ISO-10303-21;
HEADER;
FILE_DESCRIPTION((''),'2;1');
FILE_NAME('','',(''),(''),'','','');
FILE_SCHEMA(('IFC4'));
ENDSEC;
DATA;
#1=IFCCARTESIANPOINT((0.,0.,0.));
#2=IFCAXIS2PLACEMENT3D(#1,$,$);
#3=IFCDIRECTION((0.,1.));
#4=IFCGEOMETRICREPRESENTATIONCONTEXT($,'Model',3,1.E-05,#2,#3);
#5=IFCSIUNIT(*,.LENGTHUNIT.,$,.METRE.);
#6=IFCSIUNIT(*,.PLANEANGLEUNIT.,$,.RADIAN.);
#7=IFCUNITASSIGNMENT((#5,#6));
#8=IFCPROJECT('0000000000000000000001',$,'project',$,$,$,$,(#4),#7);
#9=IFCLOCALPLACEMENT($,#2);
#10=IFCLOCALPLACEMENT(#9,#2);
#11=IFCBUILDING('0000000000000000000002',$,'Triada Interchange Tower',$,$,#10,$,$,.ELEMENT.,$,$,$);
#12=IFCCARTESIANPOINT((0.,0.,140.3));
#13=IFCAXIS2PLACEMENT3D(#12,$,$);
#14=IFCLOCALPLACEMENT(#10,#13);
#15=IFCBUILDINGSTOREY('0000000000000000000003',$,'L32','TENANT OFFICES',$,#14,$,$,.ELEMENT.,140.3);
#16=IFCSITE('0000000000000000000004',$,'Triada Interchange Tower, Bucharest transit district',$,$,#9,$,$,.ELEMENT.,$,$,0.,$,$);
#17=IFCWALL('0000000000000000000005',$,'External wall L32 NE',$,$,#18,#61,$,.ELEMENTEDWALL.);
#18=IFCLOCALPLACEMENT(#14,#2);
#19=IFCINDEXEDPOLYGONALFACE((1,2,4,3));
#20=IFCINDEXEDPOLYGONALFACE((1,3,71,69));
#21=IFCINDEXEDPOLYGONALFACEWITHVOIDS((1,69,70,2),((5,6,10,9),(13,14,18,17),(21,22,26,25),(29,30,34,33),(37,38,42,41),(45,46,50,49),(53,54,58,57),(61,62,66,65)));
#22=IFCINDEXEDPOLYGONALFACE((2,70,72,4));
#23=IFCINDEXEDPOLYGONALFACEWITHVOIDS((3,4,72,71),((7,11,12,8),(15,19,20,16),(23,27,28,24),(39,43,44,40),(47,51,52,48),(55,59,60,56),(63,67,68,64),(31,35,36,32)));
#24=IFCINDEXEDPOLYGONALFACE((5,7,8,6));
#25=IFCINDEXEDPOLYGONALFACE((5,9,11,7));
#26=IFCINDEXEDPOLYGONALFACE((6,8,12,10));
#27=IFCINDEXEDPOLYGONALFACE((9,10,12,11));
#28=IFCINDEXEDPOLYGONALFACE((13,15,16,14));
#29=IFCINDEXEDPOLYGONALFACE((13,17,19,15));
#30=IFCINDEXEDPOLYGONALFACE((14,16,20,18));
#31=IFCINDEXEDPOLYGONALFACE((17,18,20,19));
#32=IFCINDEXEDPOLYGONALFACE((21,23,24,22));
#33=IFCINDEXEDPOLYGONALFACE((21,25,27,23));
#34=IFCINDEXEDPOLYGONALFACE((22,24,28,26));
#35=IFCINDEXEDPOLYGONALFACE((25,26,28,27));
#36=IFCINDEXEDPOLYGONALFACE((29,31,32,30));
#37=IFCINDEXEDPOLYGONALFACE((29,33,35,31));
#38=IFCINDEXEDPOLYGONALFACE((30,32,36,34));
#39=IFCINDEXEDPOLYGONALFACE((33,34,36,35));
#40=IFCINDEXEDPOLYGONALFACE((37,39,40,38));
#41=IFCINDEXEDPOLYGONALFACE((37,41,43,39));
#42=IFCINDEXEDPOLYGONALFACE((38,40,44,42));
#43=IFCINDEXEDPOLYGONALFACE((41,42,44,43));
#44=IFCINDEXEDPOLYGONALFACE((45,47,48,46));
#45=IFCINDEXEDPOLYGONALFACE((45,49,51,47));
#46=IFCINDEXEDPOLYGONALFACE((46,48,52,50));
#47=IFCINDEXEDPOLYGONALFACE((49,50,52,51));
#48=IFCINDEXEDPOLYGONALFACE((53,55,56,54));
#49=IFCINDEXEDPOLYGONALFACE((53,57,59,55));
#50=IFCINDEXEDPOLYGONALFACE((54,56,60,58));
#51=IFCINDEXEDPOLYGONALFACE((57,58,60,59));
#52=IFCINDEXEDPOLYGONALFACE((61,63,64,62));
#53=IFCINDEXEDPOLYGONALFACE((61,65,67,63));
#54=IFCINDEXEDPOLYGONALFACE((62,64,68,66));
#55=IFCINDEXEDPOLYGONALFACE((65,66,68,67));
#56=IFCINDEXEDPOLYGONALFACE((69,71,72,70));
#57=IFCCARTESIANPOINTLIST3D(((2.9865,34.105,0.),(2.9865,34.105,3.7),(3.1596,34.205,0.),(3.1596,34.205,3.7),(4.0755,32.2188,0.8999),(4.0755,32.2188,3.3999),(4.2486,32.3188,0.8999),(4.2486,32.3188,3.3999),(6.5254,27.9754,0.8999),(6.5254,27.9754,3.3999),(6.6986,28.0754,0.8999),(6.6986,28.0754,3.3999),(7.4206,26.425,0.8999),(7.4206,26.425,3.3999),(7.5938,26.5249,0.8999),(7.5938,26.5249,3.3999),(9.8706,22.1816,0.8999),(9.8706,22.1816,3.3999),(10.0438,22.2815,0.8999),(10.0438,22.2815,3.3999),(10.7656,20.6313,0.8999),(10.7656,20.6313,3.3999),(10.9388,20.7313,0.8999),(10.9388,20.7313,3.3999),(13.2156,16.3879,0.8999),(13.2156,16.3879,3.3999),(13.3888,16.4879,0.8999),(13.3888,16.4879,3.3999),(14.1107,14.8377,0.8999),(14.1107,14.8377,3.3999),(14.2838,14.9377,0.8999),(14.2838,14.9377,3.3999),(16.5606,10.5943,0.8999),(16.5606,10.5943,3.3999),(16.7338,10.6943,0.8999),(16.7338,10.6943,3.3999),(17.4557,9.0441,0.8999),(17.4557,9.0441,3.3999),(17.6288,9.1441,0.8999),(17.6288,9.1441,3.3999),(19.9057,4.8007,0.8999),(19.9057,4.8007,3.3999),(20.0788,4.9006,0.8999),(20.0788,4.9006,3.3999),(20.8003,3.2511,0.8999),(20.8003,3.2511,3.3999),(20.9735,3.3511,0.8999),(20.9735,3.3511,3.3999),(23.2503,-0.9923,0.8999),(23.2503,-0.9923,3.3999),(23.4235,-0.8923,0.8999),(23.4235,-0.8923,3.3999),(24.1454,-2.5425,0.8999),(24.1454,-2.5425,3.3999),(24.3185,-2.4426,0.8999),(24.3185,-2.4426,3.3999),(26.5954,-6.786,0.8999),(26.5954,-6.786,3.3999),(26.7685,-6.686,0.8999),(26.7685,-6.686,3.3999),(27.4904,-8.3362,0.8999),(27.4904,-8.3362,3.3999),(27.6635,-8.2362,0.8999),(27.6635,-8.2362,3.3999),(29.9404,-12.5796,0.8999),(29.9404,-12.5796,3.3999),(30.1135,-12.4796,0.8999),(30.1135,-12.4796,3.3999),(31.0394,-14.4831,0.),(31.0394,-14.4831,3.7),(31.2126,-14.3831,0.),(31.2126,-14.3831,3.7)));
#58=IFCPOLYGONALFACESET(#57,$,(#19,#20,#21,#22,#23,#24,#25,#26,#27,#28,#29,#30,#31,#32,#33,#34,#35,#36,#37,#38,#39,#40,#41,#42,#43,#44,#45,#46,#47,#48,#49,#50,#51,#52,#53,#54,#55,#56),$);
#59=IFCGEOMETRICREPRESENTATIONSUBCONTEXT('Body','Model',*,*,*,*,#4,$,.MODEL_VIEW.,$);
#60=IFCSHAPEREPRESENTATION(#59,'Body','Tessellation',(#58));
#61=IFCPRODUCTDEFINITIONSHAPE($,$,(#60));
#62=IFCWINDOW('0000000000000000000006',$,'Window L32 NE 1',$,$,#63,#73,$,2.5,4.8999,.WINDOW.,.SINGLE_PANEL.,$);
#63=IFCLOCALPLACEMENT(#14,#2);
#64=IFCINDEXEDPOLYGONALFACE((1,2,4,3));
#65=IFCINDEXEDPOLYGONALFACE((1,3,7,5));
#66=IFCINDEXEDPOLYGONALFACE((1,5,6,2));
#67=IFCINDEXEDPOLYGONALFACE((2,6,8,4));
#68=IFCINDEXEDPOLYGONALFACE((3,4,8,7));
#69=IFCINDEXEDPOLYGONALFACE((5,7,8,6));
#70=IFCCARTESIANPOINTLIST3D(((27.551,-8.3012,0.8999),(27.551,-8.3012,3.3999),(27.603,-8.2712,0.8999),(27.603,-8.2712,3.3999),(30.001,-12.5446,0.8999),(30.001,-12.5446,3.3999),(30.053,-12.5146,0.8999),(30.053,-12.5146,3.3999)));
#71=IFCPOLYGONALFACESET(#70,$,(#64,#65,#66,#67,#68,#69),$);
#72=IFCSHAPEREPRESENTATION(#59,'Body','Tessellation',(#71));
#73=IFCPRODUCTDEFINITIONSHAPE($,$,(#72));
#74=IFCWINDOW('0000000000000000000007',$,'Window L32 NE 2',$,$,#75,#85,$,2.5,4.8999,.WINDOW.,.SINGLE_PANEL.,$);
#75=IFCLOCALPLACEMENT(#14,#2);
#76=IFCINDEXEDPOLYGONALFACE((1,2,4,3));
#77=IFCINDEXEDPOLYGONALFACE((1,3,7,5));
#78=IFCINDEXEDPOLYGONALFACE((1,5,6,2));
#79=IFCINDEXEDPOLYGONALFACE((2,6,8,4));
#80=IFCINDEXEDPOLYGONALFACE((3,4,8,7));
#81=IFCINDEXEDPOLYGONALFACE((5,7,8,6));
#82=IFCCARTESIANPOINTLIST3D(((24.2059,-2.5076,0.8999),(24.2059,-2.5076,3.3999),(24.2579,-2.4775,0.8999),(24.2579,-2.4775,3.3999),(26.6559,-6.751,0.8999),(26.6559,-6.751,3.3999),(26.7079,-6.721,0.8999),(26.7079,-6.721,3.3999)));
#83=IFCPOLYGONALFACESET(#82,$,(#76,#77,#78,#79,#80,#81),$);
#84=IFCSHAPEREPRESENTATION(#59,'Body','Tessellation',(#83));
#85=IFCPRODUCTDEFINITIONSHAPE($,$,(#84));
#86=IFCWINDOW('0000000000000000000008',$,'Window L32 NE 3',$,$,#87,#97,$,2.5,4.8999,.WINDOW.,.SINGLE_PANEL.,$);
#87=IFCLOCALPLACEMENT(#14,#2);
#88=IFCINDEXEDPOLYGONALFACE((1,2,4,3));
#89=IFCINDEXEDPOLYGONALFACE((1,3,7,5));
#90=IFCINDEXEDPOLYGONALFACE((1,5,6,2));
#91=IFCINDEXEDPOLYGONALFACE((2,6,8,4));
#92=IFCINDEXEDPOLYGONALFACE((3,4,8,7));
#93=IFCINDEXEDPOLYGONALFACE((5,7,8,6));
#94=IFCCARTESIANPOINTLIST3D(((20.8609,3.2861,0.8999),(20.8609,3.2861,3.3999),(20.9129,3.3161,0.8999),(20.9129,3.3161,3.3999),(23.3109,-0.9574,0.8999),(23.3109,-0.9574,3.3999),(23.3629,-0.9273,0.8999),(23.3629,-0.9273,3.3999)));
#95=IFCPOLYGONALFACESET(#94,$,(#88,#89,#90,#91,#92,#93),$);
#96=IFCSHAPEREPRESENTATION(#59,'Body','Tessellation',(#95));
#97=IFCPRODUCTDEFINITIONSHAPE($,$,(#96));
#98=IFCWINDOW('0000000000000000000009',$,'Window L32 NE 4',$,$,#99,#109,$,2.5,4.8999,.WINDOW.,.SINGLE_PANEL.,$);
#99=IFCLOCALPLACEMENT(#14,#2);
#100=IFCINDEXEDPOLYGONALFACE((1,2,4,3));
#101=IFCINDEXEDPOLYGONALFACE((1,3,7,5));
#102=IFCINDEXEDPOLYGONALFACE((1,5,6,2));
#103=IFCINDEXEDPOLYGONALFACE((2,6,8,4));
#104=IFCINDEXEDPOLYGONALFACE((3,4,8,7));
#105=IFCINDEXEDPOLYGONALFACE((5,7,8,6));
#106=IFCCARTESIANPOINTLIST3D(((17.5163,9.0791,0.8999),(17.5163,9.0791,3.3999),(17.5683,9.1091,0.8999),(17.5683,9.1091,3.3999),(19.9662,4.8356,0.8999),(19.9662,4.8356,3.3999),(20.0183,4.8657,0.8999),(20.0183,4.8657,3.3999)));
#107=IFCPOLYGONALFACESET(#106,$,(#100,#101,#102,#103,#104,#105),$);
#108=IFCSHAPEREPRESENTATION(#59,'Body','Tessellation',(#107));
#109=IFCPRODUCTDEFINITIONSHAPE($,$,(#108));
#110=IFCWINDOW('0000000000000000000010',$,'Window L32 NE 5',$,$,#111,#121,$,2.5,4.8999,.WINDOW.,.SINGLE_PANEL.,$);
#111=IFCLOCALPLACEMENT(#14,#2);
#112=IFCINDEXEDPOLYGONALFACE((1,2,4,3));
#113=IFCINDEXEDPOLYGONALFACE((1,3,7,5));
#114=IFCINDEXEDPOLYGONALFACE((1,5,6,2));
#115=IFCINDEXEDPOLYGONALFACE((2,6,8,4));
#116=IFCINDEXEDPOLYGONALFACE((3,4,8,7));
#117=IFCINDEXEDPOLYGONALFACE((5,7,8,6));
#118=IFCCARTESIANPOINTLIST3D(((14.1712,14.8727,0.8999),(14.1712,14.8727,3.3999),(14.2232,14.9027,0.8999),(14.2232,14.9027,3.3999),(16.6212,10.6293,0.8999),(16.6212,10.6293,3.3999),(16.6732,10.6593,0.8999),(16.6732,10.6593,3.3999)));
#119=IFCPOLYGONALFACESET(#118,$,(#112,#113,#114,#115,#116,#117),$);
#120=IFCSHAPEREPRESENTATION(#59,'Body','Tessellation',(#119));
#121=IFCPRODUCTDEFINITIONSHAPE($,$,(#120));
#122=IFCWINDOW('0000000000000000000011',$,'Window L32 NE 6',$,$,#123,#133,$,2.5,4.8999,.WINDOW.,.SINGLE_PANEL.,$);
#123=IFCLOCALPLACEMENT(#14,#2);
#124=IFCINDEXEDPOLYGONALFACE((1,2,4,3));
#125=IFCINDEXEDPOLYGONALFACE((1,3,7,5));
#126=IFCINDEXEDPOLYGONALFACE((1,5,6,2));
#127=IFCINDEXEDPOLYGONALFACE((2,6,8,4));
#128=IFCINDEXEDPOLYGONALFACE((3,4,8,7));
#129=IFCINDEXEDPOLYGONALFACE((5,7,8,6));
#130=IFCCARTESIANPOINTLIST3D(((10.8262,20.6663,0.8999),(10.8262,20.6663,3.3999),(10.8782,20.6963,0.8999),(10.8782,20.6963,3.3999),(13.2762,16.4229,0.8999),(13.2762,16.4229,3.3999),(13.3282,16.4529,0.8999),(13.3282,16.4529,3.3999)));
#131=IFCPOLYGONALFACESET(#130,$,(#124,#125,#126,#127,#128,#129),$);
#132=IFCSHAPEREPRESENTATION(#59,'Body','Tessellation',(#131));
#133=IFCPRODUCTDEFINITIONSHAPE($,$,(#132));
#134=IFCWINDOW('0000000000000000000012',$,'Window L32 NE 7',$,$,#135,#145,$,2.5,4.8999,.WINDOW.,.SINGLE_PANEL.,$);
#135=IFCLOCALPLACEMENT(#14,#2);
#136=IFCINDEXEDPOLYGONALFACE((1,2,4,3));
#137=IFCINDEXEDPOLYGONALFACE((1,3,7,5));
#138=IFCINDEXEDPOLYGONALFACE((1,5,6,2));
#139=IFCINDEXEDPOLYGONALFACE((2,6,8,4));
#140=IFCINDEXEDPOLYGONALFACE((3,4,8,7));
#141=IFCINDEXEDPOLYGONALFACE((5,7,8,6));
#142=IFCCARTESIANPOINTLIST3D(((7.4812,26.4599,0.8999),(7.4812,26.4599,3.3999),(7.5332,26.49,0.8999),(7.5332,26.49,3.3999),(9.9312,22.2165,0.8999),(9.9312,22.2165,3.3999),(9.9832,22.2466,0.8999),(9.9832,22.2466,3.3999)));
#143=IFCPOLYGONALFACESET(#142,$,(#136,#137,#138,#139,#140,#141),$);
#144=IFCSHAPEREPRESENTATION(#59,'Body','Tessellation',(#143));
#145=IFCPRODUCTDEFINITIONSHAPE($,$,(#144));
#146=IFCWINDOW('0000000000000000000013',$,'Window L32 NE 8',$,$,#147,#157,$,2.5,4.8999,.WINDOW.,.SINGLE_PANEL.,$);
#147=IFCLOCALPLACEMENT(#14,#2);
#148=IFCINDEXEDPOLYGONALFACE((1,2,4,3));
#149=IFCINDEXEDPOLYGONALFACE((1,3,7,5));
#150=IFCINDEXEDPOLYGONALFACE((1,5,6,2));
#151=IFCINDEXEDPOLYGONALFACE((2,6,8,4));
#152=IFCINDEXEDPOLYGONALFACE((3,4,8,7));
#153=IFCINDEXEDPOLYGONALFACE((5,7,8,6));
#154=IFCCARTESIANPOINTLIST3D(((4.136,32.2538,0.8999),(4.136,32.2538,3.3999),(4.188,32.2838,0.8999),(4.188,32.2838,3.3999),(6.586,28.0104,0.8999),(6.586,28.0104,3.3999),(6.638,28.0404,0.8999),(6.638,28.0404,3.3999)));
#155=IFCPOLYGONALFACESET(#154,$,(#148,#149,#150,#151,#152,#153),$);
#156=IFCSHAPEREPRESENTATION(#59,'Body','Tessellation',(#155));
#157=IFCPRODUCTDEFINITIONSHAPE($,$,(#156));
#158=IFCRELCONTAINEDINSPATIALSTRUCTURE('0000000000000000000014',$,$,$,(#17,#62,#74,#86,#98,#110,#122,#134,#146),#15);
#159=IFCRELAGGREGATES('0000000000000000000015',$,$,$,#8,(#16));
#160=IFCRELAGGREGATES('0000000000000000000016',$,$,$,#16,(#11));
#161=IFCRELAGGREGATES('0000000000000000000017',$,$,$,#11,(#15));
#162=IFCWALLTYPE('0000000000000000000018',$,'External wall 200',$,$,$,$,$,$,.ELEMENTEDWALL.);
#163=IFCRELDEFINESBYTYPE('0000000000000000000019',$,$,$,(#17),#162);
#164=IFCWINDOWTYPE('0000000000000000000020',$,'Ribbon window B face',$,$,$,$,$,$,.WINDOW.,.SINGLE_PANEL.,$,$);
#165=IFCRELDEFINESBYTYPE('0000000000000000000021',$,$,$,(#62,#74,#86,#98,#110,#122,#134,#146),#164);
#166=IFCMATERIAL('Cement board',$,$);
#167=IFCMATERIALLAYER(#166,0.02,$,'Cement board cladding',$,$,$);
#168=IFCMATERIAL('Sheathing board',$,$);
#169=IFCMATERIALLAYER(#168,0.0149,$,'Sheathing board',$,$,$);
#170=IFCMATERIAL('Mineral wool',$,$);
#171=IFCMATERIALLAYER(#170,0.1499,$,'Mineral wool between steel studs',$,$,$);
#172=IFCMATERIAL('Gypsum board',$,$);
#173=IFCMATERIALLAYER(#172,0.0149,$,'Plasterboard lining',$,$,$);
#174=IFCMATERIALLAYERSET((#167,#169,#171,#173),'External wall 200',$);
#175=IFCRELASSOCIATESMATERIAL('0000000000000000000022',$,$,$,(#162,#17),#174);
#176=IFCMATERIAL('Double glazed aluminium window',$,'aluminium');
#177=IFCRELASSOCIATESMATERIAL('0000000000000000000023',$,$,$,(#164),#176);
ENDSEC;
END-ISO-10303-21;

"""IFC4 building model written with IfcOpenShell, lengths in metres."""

from ifc_helpers import new_model, si_unit, direction, frame, frame_2d, origin, place, context, subcontext, project, spatial, rectangle, extrude, material, layer, layer_set, layer_usage, type_object, element, fill, save


model = new_model("IFC4")

# Units and contexts
model_context = context("Model", 3, precision=1e-05, world=origin(), true_north=direction((0.0, 1.0)))
body_context = subcontext(model_context, "Body", "Model", "MODEL_VIEW")
ifc_project = project(units=[si_unit("LENGTHUNIT", "METRE"), si_unit("PLANEANGLEUNIT", "RADIAN")], contexts=[model_context])

# Site, building, storey
site_placement = place(None, origin())
site = spatial("IfcSite", under=ifc_project, at=site_placement, Name="Triada Interchange Tower, Bucharest transit district", CompositionType="ELEMENT", RefElevation=0.0)
building_placement = place(site_placement, origin())
building = spatial("IfcBuilding", under=site, at=building_placement, Name="Triada Interchange Tower", CompositionType="ELEMENT")
storey_placement = place(building_placement, frame((0.0, 0.0, 140.3)))
storey = spatial("IfcBuildingStorey", under=building, at=storey_placement, Name="L32", Description="TENANT OFFICES", CompositionType="ELEMENT", Elevation=140.3)

# Shared definitions
ifc_material_1 = material(Name="Cement board")
ifc_layer_1 = layer(ifc_material_1, 0.02, Name="Cement board cladding")
ifc_material_2 = material(Name="Sheathing board")
ifc_layer_2 = layer(ifc_material_2, 0.0149, Name="Sheathing board")
ifc_material_3 = material(Name="Mineral wool")
ifc_layer_3 = layer(ifc_material_3, 0.1499, Name="Mineral wool between steel studs")
ifc_material_4 = material(Name="Gypsum board")
ifc_layer_4 = layer(ifc_material_4, 0.0149, Name="Plasterboard lining")
ifc_layer_set_1 = layer_set([ifc_layer_1, ifc_layer_2, ifc_layer_3, ifc_layer_4], Name="External wall 200")
ifc_layer_usage = layer_usage(ifc_layer_set_1, "AXIS2", "POSITIVE", -0.1001)
wall_type_1 = type_object("IfcWallType", Name="External wall 200", PredefinedType="ELEMENTEDWALL", material=ifc_layer_set_1)
ifc_material_5 = material(Name="Double glazed aluminium window", Category="aluminium")

# Wall, openings, windows
wall_1_placement = place(storey_placement, frame((31.126, -14.4331, 0.0), z_axis=(0.0, 0.0, 1.0), x_axis=(-0.500008, 0.866021, 0.0)))
wall_1 = element("IfcWall", 1, at=wall_1_placement, inside=storey, type_object=wall_type_1, material=ifc_layer_usage, Name="External wall L32 NE", PredefinedType="ELEMENTEDWALL", context=body_context, shape_type="SweptSolid", body=[
    extrude(rectangle(XDim=56.105, YDim=0.2, at=frame_2d((28.0525, 0.0))), origin(), (0.0, 0.0, 1.0), 3.7),
])
opening_1_placement = place(wall_1_placement, frame((2.198, 0.0, 0.8999)))
opening_1 = element("IfcOpeningElement", 2, at=opening_1_placement, cuts=wall_1, PredefinedType="OPENING", context=body_context, shape_type="SweptSolid", body=[
    extrude(rectangle(XDim=4.8999, YDim=2.5, at=frame_2d((2.45, 1.25))), frame((0.0, 0.1099, 0.0), z_axis=(0.0, -1.0, 0.0), x_axis=(1.0, 0.0, 0.0)), (0.0, 0.0, 1.0), 0.22),
])
opening_2_placement = place(wall_1_placement, frame((8.8879, 0.0, 0.8999)))
opening_2 = element("IfcOpeningElement", 3, at=opening_2_placement, cuts=wall_1, PredefinedType="OPENING", context=body_context, shape_type="SweptSolid", body=[
    extrude(rectangle(XDim=4.8999, YDim=2.5, at=frame_2d((2.45, 1.25))), frame((0.0, 0.1099, 0.0), z_axis=(0.0, -1.0, 0.0), x_axis=(1.0, 0.0, 0.0)), (0.0, 0.0, 1.0), 0.22),
])
opening_3_placement = place(wall_1_placement, frame((15.5779, 0.0, 0.8999)))
opening_3 = element("IfcOpeningElement", 4, at=opening_3_placement, cuts=wall_1, PredefinedType="OPENING", context=body_context, shape_type="SweptSolid", body=[
    extrude(rectangle(XDim=4.8999, YDim=2.5, at=frame_2d((2.45, 1.25))), frame((0.0, 0.1099, 0.0), z_axis=(0.0, -1.0, 0.0), x_axis=(1.0, 0.0, 0.0)), (0.0, 0.0, 1.0), 0.22),
])
opening_4_placement = place(wall_1_placement, frame((22.2671, 0.0, 0.8999)))
opening_4 = element("IfcOpeningElement", 5, at=opening_4_placement, cuts=wall_1, PredefinedType="OPENING", context=body_context, shape_type="SweptSolid", body=[
    extrude(rectangle(XDim=4.8999, YDim=2.5, at=frame_2d((2.45, 1.25))), frame((0.0, 0.1099, 0.0), z_axis=(0.0, -1.0, 0.0), x_axis=(1.0, 0.0, 0.0)), (0.0, 0.0, 1.0), 0.22),
])
opening_5_placement = place(wall_1_placement, frame((28.957, 0.0, 0.8999)))
opening_5 = element("IfcOpeningElement", 6, at=opening_5_placement, cuts=wall_1, PredefinedType="OPENING", context=body_context, shape_type="SweptSolid", body=[
    extrude(rectangle(XDim=4.8999, YDim=2.5, at=frame_2d((2.45, 1.25))), frame((0.0, 0.1099, 0.0), z_axis=(0.0, -1.0, 0.0), x_axis=(1.0, 0.0, 0.0)), (0.0, 0.0, 1.0), 0.22),
])
opening_6_placement = place(wall_1_placement, frame((35.647, 0.0, 0.8999)))
opening_6 = element("IfcOpeningElement", 7, at=opening_6_placement, cuts=wall_1, PredefinedType="OPENING", context=body_context, shape_type="SweptSolid", body=[
    extrude(rectangle(XDim=4.8999, YDim=2.5, at=frame_2d((2.45, 1.25))), frame((0.0, 0.1099, 0.0), z_axis=(0.0, -1.0, 0.0), x_axis=(1.0, 0.0, 0.0)), (0.0, 0.0, 1.0), 0.22),
])
opening_7_placement = place(wall_1_placement, frame((42.3369, 0.0, 0.8999)))
opening_7 = element("IfcOpeningElement", 8, at=opening_7_placement, cuts=wall_1, PredefinedType="OPENING", context=body_context, shape_type="SweptSolid", body=[
    extrude(rectangle(XDim=4.8999, YDim=2.5, at=frame_2d((2.45, 1.25))), frame((0.0, 0.1099, 0.0), z_axis=(0.0, -1.0, 0.0), x_axis=(1.0, 0.0, 0.0)), (0.0, 0.0, 1.0), 0.22),
])
opening_8_placement = place(wall_1_placement, frame((49.0271, 0.0, 0.8999)))
opening_8 = element("IfcOpeningElement", 9, at=opening_8_placement, cuts=wall_1, PredefinedType="OPENING", context=body_context, shape_type="SweptSolid", body=[
    extrude(rectangle(XDim=4.8999, YDim=2.5, at=frame_2d((2.45, 1.25))), frame((0.0, 0.1099, 0.0), z_axis=(0.0, -1.0, 0.0), x_axis=(1.0, 0.0, 0.0)), (0.0, 0.0, 1.0), 0.22),
])
window_type_1 = type_object("IfcWindowType", Name="Ribbon window B face", PartitioningType="SINGLE_PANEL", PredefinedType="WINDOW", material=ifc_material_5)
window_1_placement = place(opening_1_placement, origin())
window_1 = element("IfcWindow", 10, at=window_1_placement, inside=storey, type_object=window_type_1, Name="Window L32 NE 1", OverallHeight=2.5, OverallWidth=4.8999, PartitioningType="SINGLE_PANEL", PredefinedType="WINDOW", context=body_context, shape_type="SweptSolid", body=[
    extrude(rectangle(XDim=4.8999, YDim=2.5, at=frame_2d((2.45, 1.25))), frame((0.0, 0.03, 0.0), z_axis=(0.0, -1.0, 0.0), x_axis=(1.0, 0.0, 0.0)), (0.0, 0.0, 1.0), 0.0601),
])
fill(opening_1, window_1)
window_2_placement = place(opening_2_placement, origin())
window_2 = element("IfcWindow", 11, at=window_2_placement, inside=storey, type_object=window_type_1, Name="Window L32 NE 2", OverallHeight=2.5, OverallWidth=4.8999, PartitioningType="SINGLE_PANEL", PredefinedType="WINDOW", context=body_context, shape_type="SweptSolid", body=[
    extrude(rectangle(XDim=4.8999, YDim=2.5, at=frame_2d((2.45, 1.25))), frame((0.0, 0.03, 0.0), z_axis=(0.0, -1.0, 0.0), x_axis=(1.0, 0.0, 0.0)), (0.0, 0.0, 1.0), 0.0601),
])
fill(opening_2, window_2)
window_3_placement = place(opening_3_placement, origin())
window_3 = element("IfcWindow", 12, at=window_3_placement, inside=storey, type_object=window_type_1, Name="Window L32 NE 3", OverallHeight=2.5, OverallWidth=4.8999, PartitioningType="SINGLE_PANEL", PredefinedType="WINDOW", context=body_context, shape_type="SweptSolid", body=[
    extrude(rectangle(XDim=4.8999, YDim=2.5, at=frame_2d((2.45, 1.25))), frame((0.0, 0.03, 0.0), z_axis=(0.0, -1.0, 0.0), x_axis=(1.0, 0.0, 0.0)), (0.0, 0.0, 1.0), 0.0601),
])
fill(opening_3, window_3)
window_4_placement = place(opening_4_placement, origin())
window_4 = element("IfcWindow", 13, at=window_4_placement, inside=storey, type_object=window_type_1, Name="Window L32 NE 4", OverallHeight=2.5, OverallWidth=4.8999, PartitioningType="SINGLE_PANEL", PredefinedType="WINDOW", context=body_context, shape_type="SweptSolid", body=[
    extrude(rectangle(XDim=4.8999, YDim=2.5, at=frame_2d((2.45, 1.25))), frame((0.0, 0.03, 0.0), z_axis=(0.0, -1.0, 0.0), x_axis=(1.0, 0.0, 0.0)), (0.0, 0.0, 1.0), 0.0601),
])
fill(opening_4, window_4)
window_5_placement = place(opening_5_placement, origin())
window_5 = element("IfcWindow", 14, at=window_5_placement, inside=storey, type_object=window_type_1, Name="Window L32 NE 5", OverallHeight=2.5, OverallWidth=4.8999, PartitioningType="SINGLE_PANEL", PredefinedType="WINDOW", context=body_context, shape_type="SweptSolid", body=[
    extrude(rectangle(XDim=4.8999, YDim=2.5, at=frame_2d((2.45, 1.25))), frame((0.0, 0.03, 0.0), z_axis=(0.0, -1.0, 0.0), x_axis=(1.0, 0.0, 0.0)), (0.0, 0.0, 1.0), 0.0601),
])
fill(opening_5, window_5)
window_6_placement = place(opening_6_placement, origin())
window_6 = element("IfcWindow", 15, at=window_6_placement, inside=storey, type_object=window_type_1, Name="Window L32 NE 6", OverallHeight=2.5, OverallWidth=4.8999, PartitioningType="SINGLE_PANEL", PredefinedType="WINDOW", context=body_context, shape_type="SweptSolid", body=[
    extrude(rectangle(XDim=4.8999, YDim=2.5, at=frame_2d((2.45, 1.25))), frame((0.0, 0.03, 0.0), z_axis=(0.0, -1.0, 0.0), x_axis=(1.0, 0.0, 0.0)), (0.0, 0.0, 1.0), 0.0601),
])
fill(opening_6, window_6)
window_7_placement = place(opening_7_placement, origin())
window_7 = element("IfcWindow", 16, at=window_7_placement, inside=storey, type_object=window_type_1, Name="Window L32 NE 7", OverallHeight=2.5, OverallWidth=4.8999, PartitioningType="SINGLE_PANEL", PredefinedType="WINDOW", context=body_context, shape_type="SweptSolid", body=[
    extrude(rectangle(XDim=4.8999, YDim=2.5, at=frame_2d((2.45, 1.25))), frame((0.0, 0.03, 0.0), z_axis=(0.0, -1.0, 0.0), x_axis=(1.0, 0.0, 0.0)), (0.0, 0.0, 1.0), 0.0601),
])
fill(opening_7, window_7)
window_8_placement = place(opening_8_placement, origin())
window_8 = element("IfcWindow", 17, at=window_8_placement, inside=storey, type_object=window_type_1, Name="Window L32 NE 8", OverallHeight=2.5, OverallWidth=4.8999, PartitioningType="SINGLE_PANEL", PredefinedType="WINDOW", context=body_context, shape_type="SweptSolid", body=[
    extrude(rectangle(XDim=4.8999, YDim=2.5, at=frame_2d((2.45, 1.25))), frame((0.0, 0.03, 0.0), z_axis=(0.0, -1.0, 0.0), x_axis=(1.0, 0.0, 0.0)), (0.0, 0.0, 1.0), 0.0601),
])
fill(opening_8, window_8)

save(model, "model.ifc")
